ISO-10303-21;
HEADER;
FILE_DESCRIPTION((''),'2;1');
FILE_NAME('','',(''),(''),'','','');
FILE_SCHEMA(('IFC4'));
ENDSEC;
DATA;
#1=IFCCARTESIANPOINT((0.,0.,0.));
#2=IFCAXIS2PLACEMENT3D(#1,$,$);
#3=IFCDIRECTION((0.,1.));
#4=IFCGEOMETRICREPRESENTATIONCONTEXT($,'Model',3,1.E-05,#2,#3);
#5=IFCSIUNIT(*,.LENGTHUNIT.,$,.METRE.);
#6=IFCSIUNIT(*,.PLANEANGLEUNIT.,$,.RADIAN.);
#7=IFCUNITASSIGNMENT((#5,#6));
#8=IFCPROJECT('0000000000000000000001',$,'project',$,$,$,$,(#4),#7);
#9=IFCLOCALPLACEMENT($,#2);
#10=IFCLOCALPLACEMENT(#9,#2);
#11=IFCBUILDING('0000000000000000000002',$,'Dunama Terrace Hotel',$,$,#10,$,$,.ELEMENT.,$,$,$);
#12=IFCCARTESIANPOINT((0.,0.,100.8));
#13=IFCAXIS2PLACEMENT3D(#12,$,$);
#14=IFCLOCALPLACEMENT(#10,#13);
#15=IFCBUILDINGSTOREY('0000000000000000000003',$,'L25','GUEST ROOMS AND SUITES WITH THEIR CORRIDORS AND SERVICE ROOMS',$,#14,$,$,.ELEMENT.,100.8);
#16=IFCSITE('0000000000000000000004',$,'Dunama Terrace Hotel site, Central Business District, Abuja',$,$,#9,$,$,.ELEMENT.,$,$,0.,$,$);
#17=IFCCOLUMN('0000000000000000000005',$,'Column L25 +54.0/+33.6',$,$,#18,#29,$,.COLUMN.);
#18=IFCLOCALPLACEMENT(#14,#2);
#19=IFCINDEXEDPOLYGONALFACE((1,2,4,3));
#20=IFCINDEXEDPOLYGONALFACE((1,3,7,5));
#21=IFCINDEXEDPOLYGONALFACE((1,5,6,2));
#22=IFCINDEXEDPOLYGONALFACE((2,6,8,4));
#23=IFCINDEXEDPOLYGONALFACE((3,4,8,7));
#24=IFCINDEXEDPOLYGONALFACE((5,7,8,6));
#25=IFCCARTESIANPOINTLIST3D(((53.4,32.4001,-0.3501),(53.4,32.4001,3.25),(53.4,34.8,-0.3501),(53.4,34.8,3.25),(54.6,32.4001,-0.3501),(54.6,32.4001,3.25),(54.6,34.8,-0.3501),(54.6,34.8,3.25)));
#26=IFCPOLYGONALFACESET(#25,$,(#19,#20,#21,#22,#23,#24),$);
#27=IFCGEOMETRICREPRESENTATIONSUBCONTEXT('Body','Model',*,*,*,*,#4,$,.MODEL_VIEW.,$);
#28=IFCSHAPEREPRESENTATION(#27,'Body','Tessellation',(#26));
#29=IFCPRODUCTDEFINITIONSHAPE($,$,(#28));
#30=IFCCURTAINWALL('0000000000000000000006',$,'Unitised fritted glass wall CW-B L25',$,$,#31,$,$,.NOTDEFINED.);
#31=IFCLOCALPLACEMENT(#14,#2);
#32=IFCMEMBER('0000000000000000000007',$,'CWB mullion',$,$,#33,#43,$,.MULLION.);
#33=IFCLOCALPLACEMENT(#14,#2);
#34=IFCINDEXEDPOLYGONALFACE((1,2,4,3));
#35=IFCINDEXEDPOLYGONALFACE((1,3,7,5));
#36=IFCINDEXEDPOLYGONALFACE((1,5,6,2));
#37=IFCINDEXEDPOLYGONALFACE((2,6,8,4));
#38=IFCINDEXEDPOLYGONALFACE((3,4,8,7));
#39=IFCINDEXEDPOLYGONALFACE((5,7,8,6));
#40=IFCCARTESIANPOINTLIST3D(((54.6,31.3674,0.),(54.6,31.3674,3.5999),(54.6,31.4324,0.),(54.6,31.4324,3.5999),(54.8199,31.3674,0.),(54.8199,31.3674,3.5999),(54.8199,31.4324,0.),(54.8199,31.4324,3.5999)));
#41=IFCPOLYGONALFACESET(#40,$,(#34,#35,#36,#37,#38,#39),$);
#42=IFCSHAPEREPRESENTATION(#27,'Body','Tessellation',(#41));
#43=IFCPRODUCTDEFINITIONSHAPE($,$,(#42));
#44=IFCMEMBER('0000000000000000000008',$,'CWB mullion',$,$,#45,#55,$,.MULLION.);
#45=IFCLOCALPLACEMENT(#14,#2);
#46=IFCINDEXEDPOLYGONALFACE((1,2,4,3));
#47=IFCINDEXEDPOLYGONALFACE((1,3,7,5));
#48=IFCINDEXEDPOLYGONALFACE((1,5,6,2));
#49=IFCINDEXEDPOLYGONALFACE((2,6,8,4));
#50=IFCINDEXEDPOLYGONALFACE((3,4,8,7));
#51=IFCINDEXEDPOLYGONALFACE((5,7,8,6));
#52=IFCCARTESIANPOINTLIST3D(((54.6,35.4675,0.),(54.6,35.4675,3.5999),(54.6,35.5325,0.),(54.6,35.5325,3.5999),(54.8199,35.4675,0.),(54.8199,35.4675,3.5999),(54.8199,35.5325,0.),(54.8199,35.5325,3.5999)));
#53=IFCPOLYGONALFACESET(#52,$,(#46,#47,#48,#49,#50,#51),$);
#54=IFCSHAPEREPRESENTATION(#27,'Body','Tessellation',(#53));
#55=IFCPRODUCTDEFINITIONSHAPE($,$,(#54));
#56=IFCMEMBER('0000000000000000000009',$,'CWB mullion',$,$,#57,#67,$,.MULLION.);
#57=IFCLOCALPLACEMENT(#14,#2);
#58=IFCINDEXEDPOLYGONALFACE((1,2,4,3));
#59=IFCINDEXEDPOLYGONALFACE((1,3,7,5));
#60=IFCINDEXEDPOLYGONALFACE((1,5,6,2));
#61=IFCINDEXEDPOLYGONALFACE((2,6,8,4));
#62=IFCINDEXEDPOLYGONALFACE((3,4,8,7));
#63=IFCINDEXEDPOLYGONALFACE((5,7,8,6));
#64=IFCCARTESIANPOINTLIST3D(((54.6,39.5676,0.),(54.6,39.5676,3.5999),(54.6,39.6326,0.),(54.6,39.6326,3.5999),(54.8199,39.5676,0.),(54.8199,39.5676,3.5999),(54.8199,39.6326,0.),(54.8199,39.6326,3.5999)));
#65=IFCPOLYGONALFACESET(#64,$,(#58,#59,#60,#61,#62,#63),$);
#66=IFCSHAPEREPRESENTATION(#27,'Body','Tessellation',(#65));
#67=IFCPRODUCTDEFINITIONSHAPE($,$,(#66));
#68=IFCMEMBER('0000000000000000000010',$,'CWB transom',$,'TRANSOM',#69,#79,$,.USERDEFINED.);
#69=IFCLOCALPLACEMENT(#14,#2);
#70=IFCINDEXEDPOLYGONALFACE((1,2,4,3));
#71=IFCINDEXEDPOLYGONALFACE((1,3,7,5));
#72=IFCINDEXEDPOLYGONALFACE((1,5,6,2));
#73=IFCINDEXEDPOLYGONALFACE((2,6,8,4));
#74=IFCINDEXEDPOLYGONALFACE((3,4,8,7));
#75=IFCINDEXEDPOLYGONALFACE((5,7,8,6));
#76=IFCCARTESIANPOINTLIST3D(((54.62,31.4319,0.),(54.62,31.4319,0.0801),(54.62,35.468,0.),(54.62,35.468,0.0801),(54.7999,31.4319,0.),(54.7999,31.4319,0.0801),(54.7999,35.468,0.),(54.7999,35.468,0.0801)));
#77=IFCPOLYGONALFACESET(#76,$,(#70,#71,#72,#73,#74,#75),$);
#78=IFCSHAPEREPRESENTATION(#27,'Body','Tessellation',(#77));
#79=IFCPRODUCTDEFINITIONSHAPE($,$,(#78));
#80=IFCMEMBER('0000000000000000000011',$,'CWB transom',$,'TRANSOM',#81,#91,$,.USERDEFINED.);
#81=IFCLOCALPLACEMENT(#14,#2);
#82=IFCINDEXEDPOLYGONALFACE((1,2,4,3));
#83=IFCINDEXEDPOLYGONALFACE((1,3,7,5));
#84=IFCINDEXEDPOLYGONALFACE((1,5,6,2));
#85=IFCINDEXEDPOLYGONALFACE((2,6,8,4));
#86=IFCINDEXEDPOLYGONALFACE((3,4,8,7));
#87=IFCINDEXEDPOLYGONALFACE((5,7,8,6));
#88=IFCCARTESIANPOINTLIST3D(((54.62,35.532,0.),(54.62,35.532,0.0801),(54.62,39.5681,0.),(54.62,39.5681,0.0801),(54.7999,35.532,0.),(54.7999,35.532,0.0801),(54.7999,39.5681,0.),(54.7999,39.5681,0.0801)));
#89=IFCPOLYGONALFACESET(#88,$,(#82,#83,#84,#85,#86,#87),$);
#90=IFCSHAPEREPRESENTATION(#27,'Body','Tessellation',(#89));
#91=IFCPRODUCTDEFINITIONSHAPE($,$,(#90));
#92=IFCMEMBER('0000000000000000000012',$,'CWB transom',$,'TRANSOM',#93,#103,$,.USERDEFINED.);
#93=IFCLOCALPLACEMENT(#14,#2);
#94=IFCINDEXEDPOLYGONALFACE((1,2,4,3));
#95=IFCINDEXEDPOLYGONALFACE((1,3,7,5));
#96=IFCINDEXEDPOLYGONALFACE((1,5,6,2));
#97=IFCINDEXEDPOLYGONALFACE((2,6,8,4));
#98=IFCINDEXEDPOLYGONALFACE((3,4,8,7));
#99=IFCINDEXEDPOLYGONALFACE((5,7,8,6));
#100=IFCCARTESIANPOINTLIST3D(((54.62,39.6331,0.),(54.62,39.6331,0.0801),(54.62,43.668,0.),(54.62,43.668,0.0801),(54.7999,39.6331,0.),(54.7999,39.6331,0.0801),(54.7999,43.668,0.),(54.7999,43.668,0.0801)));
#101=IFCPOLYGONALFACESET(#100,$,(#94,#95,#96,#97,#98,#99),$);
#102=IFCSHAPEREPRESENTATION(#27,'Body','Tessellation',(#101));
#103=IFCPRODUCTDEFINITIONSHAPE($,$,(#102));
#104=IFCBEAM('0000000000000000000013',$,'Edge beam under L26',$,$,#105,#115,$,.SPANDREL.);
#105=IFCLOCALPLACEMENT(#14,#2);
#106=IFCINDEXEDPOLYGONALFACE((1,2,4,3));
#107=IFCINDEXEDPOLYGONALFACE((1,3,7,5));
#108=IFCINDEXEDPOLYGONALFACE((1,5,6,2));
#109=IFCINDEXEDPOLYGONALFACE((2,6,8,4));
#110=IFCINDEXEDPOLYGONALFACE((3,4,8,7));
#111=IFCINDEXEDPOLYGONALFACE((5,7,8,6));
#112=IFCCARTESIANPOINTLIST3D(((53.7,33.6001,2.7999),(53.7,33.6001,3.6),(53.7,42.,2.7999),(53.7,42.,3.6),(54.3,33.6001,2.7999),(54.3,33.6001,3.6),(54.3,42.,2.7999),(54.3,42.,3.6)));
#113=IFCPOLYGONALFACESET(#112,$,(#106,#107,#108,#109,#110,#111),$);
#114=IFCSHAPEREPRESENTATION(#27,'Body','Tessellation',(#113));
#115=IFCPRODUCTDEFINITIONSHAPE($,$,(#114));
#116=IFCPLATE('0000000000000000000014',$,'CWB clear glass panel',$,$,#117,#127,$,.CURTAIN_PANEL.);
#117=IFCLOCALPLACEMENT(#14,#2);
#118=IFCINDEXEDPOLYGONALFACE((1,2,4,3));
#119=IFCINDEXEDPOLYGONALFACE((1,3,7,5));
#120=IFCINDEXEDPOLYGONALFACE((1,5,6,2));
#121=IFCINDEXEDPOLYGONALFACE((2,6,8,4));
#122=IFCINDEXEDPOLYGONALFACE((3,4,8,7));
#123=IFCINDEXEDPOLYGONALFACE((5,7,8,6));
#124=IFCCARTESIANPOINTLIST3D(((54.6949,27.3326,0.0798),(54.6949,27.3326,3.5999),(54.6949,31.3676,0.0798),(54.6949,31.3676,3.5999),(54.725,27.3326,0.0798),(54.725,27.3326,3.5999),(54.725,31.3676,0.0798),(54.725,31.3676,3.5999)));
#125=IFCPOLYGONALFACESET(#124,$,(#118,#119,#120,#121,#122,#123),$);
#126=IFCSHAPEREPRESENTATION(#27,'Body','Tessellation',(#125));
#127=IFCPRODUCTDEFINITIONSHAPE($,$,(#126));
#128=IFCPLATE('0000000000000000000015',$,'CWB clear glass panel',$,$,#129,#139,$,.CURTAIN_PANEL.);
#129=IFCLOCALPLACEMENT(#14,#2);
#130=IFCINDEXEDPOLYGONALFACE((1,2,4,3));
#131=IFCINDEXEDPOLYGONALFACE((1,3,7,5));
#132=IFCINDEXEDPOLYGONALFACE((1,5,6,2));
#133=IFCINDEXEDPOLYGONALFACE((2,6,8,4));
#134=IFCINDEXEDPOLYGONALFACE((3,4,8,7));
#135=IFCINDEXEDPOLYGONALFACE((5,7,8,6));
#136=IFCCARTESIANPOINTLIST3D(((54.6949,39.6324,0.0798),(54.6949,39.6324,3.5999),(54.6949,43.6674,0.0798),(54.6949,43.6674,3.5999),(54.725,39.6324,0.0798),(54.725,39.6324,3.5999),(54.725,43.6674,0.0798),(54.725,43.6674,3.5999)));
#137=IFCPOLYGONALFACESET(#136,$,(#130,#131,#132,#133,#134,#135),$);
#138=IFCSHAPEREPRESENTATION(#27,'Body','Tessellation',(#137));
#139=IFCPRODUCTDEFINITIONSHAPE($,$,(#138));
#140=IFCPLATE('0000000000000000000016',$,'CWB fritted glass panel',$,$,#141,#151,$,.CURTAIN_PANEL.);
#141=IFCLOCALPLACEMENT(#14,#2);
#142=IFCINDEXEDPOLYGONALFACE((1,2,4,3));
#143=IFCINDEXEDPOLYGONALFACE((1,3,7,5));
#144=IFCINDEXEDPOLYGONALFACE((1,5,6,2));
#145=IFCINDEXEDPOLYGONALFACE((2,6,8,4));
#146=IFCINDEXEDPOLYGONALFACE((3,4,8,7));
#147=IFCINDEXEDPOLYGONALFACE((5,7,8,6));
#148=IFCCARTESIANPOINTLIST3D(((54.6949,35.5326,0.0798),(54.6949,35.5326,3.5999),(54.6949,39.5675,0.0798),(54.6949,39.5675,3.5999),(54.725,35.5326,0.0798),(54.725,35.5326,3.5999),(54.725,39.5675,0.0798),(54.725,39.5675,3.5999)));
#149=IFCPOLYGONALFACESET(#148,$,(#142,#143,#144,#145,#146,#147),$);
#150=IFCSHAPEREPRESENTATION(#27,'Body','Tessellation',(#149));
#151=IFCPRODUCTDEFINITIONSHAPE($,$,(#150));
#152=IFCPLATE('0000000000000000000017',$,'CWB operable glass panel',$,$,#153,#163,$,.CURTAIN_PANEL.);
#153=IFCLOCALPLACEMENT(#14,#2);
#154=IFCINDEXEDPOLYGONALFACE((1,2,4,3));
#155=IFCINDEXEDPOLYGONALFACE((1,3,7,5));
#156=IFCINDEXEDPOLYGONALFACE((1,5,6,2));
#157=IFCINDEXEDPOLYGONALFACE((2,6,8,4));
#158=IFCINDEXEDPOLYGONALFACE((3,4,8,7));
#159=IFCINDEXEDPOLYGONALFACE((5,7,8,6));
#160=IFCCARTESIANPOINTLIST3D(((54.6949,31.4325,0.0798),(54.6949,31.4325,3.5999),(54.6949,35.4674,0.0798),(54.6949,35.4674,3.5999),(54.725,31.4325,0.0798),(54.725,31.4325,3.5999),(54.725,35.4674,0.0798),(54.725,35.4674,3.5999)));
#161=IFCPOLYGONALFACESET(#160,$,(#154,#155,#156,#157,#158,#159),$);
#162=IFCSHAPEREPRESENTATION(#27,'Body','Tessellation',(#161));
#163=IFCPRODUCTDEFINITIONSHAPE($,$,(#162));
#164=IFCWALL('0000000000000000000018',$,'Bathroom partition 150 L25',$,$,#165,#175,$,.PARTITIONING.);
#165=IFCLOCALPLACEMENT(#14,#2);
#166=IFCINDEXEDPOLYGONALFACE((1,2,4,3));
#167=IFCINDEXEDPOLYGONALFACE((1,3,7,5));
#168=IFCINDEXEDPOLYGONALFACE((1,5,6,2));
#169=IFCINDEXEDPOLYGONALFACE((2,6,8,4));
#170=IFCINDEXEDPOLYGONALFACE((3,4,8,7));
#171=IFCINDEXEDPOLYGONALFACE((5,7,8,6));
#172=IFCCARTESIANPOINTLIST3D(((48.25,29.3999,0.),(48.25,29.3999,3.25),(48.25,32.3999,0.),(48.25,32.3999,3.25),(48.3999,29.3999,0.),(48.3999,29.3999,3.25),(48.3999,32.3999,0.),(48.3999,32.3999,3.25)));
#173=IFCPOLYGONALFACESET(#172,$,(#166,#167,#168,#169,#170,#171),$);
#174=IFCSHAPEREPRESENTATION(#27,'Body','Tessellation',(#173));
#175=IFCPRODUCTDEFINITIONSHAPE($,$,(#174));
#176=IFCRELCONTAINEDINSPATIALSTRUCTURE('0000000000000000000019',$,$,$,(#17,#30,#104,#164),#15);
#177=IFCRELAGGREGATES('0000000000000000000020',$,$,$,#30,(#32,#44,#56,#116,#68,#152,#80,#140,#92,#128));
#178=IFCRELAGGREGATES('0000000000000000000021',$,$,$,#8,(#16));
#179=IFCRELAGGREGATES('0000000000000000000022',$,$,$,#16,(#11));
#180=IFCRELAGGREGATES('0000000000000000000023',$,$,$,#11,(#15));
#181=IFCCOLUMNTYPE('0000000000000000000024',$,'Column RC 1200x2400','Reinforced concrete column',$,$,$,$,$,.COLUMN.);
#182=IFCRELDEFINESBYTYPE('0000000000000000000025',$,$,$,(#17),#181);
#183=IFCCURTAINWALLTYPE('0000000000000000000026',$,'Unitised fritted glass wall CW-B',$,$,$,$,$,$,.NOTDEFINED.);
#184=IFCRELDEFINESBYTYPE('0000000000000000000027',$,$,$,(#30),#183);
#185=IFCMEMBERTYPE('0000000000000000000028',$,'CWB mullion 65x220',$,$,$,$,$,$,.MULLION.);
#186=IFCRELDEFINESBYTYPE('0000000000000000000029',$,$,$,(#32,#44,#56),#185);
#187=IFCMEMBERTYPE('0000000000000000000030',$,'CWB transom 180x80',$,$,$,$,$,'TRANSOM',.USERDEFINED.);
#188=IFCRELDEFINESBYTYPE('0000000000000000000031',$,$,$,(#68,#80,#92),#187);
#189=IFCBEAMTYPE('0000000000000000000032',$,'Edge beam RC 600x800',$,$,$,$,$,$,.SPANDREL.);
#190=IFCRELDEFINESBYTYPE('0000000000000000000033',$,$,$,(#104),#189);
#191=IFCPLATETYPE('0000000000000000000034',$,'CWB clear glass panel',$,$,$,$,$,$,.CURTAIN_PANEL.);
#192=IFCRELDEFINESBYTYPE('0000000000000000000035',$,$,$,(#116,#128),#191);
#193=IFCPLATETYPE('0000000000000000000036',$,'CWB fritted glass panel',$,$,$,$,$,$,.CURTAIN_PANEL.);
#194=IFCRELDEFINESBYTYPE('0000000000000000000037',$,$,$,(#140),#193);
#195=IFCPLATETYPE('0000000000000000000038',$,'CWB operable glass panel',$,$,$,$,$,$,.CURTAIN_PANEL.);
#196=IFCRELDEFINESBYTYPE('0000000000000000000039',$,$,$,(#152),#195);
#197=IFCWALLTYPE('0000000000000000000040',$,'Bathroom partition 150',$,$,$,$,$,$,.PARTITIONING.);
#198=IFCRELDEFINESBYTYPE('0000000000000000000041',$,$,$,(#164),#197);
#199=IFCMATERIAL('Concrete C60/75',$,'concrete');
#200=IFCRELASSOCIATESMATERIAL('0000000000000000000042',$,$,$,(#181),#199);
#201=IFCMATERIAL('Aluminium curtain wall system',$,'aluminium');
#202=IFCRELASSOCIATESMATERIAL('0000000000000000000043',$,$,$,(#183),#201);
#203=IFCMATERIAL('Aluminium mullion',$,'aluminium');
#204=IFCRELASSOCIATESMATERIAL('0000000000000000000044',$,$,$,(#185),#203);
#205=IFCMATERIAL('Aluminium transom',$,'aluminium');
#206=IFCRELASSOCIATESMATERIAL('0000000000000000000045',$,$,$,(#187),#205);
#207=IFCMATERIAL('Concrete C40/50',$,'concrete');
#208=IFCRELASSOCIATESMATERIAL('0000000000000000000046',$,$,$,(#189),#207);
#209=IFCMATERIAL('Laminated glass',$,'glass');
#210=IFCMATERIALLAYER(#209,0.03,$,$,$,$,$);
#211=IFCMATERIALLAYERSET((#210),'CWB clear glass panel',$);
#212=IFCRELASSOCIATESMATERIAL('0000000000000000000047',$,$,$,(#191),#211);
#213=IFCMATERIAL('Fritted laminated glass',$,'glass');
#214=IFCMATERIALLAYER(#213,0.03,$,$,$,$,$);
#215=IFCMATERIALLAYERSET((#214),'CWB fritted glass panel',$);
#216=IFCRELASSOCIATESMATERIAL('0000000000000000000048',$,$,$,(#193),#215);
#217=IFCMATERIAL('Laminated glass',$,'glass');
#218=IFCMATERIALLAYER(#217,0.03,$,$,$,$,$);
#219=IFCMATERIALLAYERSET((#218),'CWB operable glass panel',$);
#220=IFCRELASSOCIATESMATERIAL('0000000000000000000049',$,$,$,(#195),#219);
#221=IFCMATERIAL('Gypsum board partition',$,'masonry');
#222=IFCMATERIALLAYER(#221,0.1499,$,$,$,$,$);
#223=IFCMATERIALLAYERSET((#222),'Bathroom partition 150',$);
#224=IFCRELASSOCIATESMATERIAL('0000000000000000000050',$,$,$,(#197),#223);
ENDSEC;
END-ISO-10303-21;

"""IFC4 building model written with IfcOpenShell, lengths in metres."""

from ifc_helpers import new_model, si_unit, direction, frame, frame_2d, origin, origin_2d, place, context, subcontext, project, spatial, rectangle, extrude, material, layer, layer_set, material_profile, profile_set, type_object, element, aggregate, save


model = new_model("IFC4")

# Units and contexts
model_context = context("Model", 3, precision=1e-05, world=origin(), true_north=direction((0.0, 1.0)))
body_context = subcontext(model_context, "Body", "Model", "MODEL_VIEW")
ifc_project = project(units=[si_unit("LENGTHUNIT", "METRE"), si_unit("PLANEANGLEUNIT", "RADIAN")], contexts=[model_context])

# Site, building, storey
site_placement = place(None, origin())
site = spatial("IfcSite", under=ifc_project, at=site_placement, Name="Dunama Terrace Hotel site, Central Business District, Abuja", CompositionType="ELEMENT", RefElevation=0.0)
building_placement = place(site_placement, origin())
building = spatial("IfcBuilding", under=site, at=building_placement, Name="Dunama Terrace Hotel", CompositionType="ELEMENT")
storey_placement = place(building_placement, frame((0.0, 0.0, 100.8)))
storey = spatial("IfcBuildingStorey", under=building, at=storey_placement, Name="L25", Description="GUEST ROOMS AND SUITES WITH THEIR CORRIDORS AND SERVICE ROOMS", CompositionType="ELEMENT", Elevation=100.8)

# Column
ifc_material_1 = material(Name="Concrete C60/75", Category="concrete")
ifc_material_profile_1 = material_profile(ifc_material_1, rectangle(XDim=1.2, YDim=2.3999, at=origin_2d()), Name="RC 1200x2400")
ifc_profile_set_1 = profile_set([ifc_material_profile_1], Name="Concrete C60/75")
column_type = type_object("IfcColumnType", Name="Column RC 1200x2400", Description="Reinforced concrete column", PredefinedType="COLUMN", material=ifc_profile_set_1)
column_placement = place(storey_placement, frame((54.0, 33.6001, -0.3501), z_axis=(0.0, 0.0, 1.0), x_axis=(1.0, 0.0, 0.0)))
element("IfcColumn", 1, at=column_placement, inside=storey, type_object=column_type, Name="Column L25 +54.0/+33.6", PredefinedType="COLUMN", context=body_context, shape_type="SweptSolid", body=[
    extrude(rectangle(XDim=1.2, YDim=2.3999, at=origin_2d()), origin(), (0.0, 0.0, 1.0), 3.6001),
])

# Curtain wall, members
ifc_material_2 = material(Name="Aluminium curtain wall system", Category="aluminium")
curtain_wall_type = type_object("IfcCurtainWallType", Name="Unitised fritted glass wall CW-B", PredefinedType="NOTDEFINED", material=ifc_material_2)
curtain_wall_placement = place(storey_placement, origin())
curtain_wall = element("IfcCurtainWall", 2, at=curtain_wall_placement, inside=storey, type_object=curtain_wall_type, Name="Unitised fritted glass wall CW-B L25", PredefinedType="NOTDEFINED")
ifc_material_3 = material(Name="Aluminium mullion", Category="aluminium")
ifc_material_profile_2 = material_profile(ifc_material_3, rectangle(XDim=0.0649, YDim=0.22, at=origin_2d()), Name="CWB MULLION 65X220")
ifc_profile_set_2 = profile_set([ifc_material_profile_2], Name="Aluminium mullion")
member_type_1 = type_object("IfcMemberType", Name="CWB mullion 65x220", PredefinedType="MULLION", material=ifc_profile_set_2)
member_1_placement = place(storey_placement, frame((54.71, 31.3999, 0.0), z_axis=(0.0, 0.0, 1.0), x_axis=(0.0, 1.0, 0.0)))
member_1 = element("IfcMember", 3, at=member_1_placement, type_object=member_type_1, Name="CWB mullion", PredefinedType="MULLION", context=body_context, shape_type="SweptSolid", body=[
    extrude(rectangle(XDim=0.0649, YDim=0.22, at=origin_2d()), origin(), (0.0, 0.0, 1.0), 3.5999),
])
member_2_placement = place(storey_placement, frame((54.71, 35.5, 0.0), z_axis=(0.0, 0.0, 1.0), x_axis=(0.0, 1.0, 0.0)))
member_2 = element("IfcMember", 4, at=member_2_placement, type_object=member_type_1, Name="CWB mullion", PredefinedType="MULLION", context=body_context, shape_type="SweptSolid", body=[
    extrude(rectangle(XDim=0.0649, YDim=0.22, at=origin_2d()), origin(), (0.0, 0.0, 1.0), 3.5999),
])
member_3_placement = place(storey_placement, frame((54.71, 39.6001, 0.0), z_axis=(0.0, 0.0, 1.0), x_axis=(0.0, 1.0, 0.0)))
member_3 = element("IfcMember", 5, at=member_3_placement, type_object=member_type_1, Name="CWB mullion", PredefinedType="MULLION", context=body_context, shape_type="SweptSolid", body=[
    extrude(rectangle(XDim=0.0649, YDim=0.22, at=origin_2d()), origin(), (0.0, 0.0, 1.0), 3.5999),
])
ifc_material_4 = material(Name="Aluminium transom", Category="aluminium")
ifc_material_profile_3 = material_profile(ifc_material_4, rectangle(XDim=0.1799, YDim=0.0801, at=origin_2d()), Name="CWB TRANSOM 180X80")
ifc_profile_set_3 = profile_set([ifc_material_profile_3], Name="Aluminium transom")
member_type_2 = type_object("IfcMemberType", Name="CWB transom 180x80", ElementType="TRANSOM", PredefinedType="USERDEFINED", material=ifc_profile_set_3)
member_4_placement = place(storey_placement, frame((54.71, 31.4319, 0.04), z_axis=(0.0, 1.0, 0.0), x_axis=(-1.0, 0.0, 0.0)))
member_4 = element("IfcMember", 6, at=member_4_placement, type_object=member_type_2, Name="CWB transom", ObjectType="TRANSOM", PredefinedType="USERDEFINED", context=body_context, shape_type="SweptSolid", body=[
    extrude(rectangle(XDim=0.1799, YDim=0.0801, at=origin_2d()), origin(), (0.0, 0.0, 1.0), 4.0361),
])
member_5_placement = place(storey_placement, frame((54.71, 35.532, 0.04), z_axis=(0.0, 1.0, 0.0), x_axis=(-1.0, 0.0, 0.0)))
member_5 = element("IfcMember", 7, at=member_5_placement, type_object=member_type_2, Name="CWB transom", ObjectType="TRANSOM", PredefinedType="USERDEFINED", context=body_context, shape_type="SweptSolid", body=[
    extrude(rectangle(XDim=0.1799, YDim=0.0801, at=origin_2d()), origin(), (0.0, 0.0, 1.0), 4.0361),
])
member_6_placement = place(storey_placement, frame((54.71, 39.6331, 0.04), z_axis=(0.0, 1.0, 0.0), x_axis=(-1.0, 0.0, 0.0)))
member_6 = element("IfcMember", 8, at=member_6_placement, type_object=member_type_2, Name="CWB transom", ObjectType="TRANSOM", PredefinedType="USERDEFINED", context=body_context, shape_type="SweptSolid", body=[
    extrude(rectangle(XDim=0.1799, YDim=0.0801, at=origin_2d()), origin(), (0.0, 0.0, 1.0), 4.0349),
])

# Beam
ifc_material_5 = material(Name="Concrete C40/50", Category="concrete")
ifc_material_profile_4 = material_profile(ifc_material_5, rectangle(XDim=0.6001, YDim=0.8, at=origin_2d()), Name="RC 600x800")
ifc_profile_set_4 = profile_set([ifc_material_profile_4], Name="Concrete C40/50")
beam_type = type_object("IfcBeamType", Name="Edge beam RC 600x800", PredefinedType="SPANDREL", material=ifc_profile_set_4)
beam_placement = place(storey_placement, frame((54.0, 33.6001, 3.2), z_axis=(0.0, 1.0, 0.0), x_axis=(-1.0, 0.0, 0.0)))
element("IfcBeam", 9, at=beam_placement, inside=storey, type_object=beam_type, Name="Edge beam under L26", PredefinedType="SPANDREL", context=body_context, shape_type="SweptSolid", body=[
    extrude(rectangle(XDim=0.6001, YDim=0.8, at=origin_2d()), origin(), (0.0, 0.0, 1.0), 8.3999),
])

# Plates
ifc_material_6 = material(Name="Laminated glass", Category="glass")
ifc_layer_1 = layer(ifc_material_6, 0.03)
ifc_layer_set_1 = layer_set([ifc_layer_1], Name="CWB clear glass panel")
plate_type_1 = type_object("IfcPlateType", Name="CWB clear glass panel", PredefinedType="CURTAIN_PANEL", material=ifc_layer_set_1)
plate_1_placement = place(storey_placement, frame((54.71, 29.3501, 0.0798), z_axis=(0.0, 0.0, 1.0), x_axis=(0.0, 1.0, 0.0)))
plate_1 = element("IfcPlate", 10, at=plate_1_placement, type_object=plate_type_1, Name="CWB clear glass panel", PredefinedType="CURTAIN_PANEL", context=body_context, shape_type="SweptSolid", body=[
    extrude(rectangle(XDim=4.0349, YDim=0.03, at=origin_2d()), origin(), (0.0, 0.0, 1.0), 3.52),
])
plate_2_placement = place(storey_placement, frame((54.71, 41.6499, 0.0798), z_axis=(0.0, 0.0, 1.0), x_axis=(0.0, 1.0, 0.0)))
plate_2 = element("IfcPlate", 11, at=plate_2_placement, type_object=plate_type_1, Name="CWB clear glass panel", PredefinedType="CURTAIN_PANEL", context=body_context, shape_type="SweptSolid", body=[
    extrude(rectangle(XDim=4.0349, YDim=0.03, at=origin_2d()), origin(), (0.0, 0.0, 1.0), 3.52),
])
ifc_material_7 = material(Name="Fritted laminated glass", Category="glass")
ifc_layer_2 = layer(ifc_material_7, 0.03)
ifc_layer_set_2 = layer_set([ifc_layer_2], Name="CWB fritted glass panel")
plate_type_2 = type_object("IfcPlateType", Name="CWB fritted glass panel", PredefinedType="CURTAIN_PANEL", material=ifc_layer_set_2)
plate_3_placement = place(storey_placement, frame((54.71, 37.55, 0.0798), z_axis=(0.0, 0.0, 1.0), x_axis=(0.0, 1.0, 0.0)))
plate_3 = element("IfcPlate", 12, at=plate_3_placement, type_object=plate_type_2, Name="CWB fritted glass panel", PredefinedType="CURTAIN_PANEL", context=body_context, shape_type="SweptSolid", body=[
    extrude(rectangle(XDim=4.0349, YDim=0.03, at=origin_2d()), origin(), (0.0, 0.0, 1.0), 3.52),
])
ifc_material_8 = material(Name="Laminated glass", Category="glass")
ifc_layer_3 = layer(ifc_material_8, 0.03)
ifc_layer_set_3 = layer_set([ifc_layer_3], Name="CWB operable glass panel")
plate_type_3 = type_object("IfcPlateType", Name="CWB operable glass panel", PredefinedType="CURTAIN_PANEL", material=ifc_layer_set_3)
plate_4_placement = place(storey_placement, frame((54.71, 33.45, 0.0798), z_axis=(0.0, 0.0, 1.0), x_axis=(0.0, 1.0, 0.0)))
plate_4 = element("IfcPlate", 13, at=plate_4_placement, type_object=plate_type_3, Name="CWB operable glass panel", PredefinedType="CURTAIN_PANEL", context=body_context, shape_type="SweptSolid", body=[
    extrude(rectangle(XDim=4.0349, YDim=0.03, at=origin_2d()), origin(), (0.0, 0.0, 1.0), 3.52),
])
aggregate(curtain_wall, [member_1, member_2, member_3, plate_1, member_4, plate_4, member_5, plate_3, member_6, plate_2])

# Wall
ifc_material_9 = material(Name="Gypsum board partition", Category="masonry")
ifc_layer_4 = layer(ifc_material_9, 0.1499)
ifc_layer_set_4 = layer_set([ifc_layer_4], Name="Bathroom partition 150")
wall_type_1 = type_object("IfcWallType", Name="Bathroom partition 150", PredefinedType="PARTITIONING", material=ifc_layer_set_4)
for number, where, z_axis, x_axis, name in (
    (14, (48.325, 29.3999, 0.0), (0.0, 0.0, 1.0), (0.0, 1.0, 0.0), "Bathroom partition 150 L25"),
):
    element("IfcWall", number, at=place(storey_placement, frame(where, z_axis=z_axis, x_axis=x_axis)), inside=storey, type_object=wall_type_1, Name=name, PredefinedType="PARTITIONING", context=body_context, shape_type="SweptSolid", body=[
        extrude(rectangle(XDim=3.0, YDim=0.1499, at=frame_2d((1.5, 0.0))), origin(), (0.0, 0.0, 1.0), 3.25),
    ])

save(model, "model.ifc")
